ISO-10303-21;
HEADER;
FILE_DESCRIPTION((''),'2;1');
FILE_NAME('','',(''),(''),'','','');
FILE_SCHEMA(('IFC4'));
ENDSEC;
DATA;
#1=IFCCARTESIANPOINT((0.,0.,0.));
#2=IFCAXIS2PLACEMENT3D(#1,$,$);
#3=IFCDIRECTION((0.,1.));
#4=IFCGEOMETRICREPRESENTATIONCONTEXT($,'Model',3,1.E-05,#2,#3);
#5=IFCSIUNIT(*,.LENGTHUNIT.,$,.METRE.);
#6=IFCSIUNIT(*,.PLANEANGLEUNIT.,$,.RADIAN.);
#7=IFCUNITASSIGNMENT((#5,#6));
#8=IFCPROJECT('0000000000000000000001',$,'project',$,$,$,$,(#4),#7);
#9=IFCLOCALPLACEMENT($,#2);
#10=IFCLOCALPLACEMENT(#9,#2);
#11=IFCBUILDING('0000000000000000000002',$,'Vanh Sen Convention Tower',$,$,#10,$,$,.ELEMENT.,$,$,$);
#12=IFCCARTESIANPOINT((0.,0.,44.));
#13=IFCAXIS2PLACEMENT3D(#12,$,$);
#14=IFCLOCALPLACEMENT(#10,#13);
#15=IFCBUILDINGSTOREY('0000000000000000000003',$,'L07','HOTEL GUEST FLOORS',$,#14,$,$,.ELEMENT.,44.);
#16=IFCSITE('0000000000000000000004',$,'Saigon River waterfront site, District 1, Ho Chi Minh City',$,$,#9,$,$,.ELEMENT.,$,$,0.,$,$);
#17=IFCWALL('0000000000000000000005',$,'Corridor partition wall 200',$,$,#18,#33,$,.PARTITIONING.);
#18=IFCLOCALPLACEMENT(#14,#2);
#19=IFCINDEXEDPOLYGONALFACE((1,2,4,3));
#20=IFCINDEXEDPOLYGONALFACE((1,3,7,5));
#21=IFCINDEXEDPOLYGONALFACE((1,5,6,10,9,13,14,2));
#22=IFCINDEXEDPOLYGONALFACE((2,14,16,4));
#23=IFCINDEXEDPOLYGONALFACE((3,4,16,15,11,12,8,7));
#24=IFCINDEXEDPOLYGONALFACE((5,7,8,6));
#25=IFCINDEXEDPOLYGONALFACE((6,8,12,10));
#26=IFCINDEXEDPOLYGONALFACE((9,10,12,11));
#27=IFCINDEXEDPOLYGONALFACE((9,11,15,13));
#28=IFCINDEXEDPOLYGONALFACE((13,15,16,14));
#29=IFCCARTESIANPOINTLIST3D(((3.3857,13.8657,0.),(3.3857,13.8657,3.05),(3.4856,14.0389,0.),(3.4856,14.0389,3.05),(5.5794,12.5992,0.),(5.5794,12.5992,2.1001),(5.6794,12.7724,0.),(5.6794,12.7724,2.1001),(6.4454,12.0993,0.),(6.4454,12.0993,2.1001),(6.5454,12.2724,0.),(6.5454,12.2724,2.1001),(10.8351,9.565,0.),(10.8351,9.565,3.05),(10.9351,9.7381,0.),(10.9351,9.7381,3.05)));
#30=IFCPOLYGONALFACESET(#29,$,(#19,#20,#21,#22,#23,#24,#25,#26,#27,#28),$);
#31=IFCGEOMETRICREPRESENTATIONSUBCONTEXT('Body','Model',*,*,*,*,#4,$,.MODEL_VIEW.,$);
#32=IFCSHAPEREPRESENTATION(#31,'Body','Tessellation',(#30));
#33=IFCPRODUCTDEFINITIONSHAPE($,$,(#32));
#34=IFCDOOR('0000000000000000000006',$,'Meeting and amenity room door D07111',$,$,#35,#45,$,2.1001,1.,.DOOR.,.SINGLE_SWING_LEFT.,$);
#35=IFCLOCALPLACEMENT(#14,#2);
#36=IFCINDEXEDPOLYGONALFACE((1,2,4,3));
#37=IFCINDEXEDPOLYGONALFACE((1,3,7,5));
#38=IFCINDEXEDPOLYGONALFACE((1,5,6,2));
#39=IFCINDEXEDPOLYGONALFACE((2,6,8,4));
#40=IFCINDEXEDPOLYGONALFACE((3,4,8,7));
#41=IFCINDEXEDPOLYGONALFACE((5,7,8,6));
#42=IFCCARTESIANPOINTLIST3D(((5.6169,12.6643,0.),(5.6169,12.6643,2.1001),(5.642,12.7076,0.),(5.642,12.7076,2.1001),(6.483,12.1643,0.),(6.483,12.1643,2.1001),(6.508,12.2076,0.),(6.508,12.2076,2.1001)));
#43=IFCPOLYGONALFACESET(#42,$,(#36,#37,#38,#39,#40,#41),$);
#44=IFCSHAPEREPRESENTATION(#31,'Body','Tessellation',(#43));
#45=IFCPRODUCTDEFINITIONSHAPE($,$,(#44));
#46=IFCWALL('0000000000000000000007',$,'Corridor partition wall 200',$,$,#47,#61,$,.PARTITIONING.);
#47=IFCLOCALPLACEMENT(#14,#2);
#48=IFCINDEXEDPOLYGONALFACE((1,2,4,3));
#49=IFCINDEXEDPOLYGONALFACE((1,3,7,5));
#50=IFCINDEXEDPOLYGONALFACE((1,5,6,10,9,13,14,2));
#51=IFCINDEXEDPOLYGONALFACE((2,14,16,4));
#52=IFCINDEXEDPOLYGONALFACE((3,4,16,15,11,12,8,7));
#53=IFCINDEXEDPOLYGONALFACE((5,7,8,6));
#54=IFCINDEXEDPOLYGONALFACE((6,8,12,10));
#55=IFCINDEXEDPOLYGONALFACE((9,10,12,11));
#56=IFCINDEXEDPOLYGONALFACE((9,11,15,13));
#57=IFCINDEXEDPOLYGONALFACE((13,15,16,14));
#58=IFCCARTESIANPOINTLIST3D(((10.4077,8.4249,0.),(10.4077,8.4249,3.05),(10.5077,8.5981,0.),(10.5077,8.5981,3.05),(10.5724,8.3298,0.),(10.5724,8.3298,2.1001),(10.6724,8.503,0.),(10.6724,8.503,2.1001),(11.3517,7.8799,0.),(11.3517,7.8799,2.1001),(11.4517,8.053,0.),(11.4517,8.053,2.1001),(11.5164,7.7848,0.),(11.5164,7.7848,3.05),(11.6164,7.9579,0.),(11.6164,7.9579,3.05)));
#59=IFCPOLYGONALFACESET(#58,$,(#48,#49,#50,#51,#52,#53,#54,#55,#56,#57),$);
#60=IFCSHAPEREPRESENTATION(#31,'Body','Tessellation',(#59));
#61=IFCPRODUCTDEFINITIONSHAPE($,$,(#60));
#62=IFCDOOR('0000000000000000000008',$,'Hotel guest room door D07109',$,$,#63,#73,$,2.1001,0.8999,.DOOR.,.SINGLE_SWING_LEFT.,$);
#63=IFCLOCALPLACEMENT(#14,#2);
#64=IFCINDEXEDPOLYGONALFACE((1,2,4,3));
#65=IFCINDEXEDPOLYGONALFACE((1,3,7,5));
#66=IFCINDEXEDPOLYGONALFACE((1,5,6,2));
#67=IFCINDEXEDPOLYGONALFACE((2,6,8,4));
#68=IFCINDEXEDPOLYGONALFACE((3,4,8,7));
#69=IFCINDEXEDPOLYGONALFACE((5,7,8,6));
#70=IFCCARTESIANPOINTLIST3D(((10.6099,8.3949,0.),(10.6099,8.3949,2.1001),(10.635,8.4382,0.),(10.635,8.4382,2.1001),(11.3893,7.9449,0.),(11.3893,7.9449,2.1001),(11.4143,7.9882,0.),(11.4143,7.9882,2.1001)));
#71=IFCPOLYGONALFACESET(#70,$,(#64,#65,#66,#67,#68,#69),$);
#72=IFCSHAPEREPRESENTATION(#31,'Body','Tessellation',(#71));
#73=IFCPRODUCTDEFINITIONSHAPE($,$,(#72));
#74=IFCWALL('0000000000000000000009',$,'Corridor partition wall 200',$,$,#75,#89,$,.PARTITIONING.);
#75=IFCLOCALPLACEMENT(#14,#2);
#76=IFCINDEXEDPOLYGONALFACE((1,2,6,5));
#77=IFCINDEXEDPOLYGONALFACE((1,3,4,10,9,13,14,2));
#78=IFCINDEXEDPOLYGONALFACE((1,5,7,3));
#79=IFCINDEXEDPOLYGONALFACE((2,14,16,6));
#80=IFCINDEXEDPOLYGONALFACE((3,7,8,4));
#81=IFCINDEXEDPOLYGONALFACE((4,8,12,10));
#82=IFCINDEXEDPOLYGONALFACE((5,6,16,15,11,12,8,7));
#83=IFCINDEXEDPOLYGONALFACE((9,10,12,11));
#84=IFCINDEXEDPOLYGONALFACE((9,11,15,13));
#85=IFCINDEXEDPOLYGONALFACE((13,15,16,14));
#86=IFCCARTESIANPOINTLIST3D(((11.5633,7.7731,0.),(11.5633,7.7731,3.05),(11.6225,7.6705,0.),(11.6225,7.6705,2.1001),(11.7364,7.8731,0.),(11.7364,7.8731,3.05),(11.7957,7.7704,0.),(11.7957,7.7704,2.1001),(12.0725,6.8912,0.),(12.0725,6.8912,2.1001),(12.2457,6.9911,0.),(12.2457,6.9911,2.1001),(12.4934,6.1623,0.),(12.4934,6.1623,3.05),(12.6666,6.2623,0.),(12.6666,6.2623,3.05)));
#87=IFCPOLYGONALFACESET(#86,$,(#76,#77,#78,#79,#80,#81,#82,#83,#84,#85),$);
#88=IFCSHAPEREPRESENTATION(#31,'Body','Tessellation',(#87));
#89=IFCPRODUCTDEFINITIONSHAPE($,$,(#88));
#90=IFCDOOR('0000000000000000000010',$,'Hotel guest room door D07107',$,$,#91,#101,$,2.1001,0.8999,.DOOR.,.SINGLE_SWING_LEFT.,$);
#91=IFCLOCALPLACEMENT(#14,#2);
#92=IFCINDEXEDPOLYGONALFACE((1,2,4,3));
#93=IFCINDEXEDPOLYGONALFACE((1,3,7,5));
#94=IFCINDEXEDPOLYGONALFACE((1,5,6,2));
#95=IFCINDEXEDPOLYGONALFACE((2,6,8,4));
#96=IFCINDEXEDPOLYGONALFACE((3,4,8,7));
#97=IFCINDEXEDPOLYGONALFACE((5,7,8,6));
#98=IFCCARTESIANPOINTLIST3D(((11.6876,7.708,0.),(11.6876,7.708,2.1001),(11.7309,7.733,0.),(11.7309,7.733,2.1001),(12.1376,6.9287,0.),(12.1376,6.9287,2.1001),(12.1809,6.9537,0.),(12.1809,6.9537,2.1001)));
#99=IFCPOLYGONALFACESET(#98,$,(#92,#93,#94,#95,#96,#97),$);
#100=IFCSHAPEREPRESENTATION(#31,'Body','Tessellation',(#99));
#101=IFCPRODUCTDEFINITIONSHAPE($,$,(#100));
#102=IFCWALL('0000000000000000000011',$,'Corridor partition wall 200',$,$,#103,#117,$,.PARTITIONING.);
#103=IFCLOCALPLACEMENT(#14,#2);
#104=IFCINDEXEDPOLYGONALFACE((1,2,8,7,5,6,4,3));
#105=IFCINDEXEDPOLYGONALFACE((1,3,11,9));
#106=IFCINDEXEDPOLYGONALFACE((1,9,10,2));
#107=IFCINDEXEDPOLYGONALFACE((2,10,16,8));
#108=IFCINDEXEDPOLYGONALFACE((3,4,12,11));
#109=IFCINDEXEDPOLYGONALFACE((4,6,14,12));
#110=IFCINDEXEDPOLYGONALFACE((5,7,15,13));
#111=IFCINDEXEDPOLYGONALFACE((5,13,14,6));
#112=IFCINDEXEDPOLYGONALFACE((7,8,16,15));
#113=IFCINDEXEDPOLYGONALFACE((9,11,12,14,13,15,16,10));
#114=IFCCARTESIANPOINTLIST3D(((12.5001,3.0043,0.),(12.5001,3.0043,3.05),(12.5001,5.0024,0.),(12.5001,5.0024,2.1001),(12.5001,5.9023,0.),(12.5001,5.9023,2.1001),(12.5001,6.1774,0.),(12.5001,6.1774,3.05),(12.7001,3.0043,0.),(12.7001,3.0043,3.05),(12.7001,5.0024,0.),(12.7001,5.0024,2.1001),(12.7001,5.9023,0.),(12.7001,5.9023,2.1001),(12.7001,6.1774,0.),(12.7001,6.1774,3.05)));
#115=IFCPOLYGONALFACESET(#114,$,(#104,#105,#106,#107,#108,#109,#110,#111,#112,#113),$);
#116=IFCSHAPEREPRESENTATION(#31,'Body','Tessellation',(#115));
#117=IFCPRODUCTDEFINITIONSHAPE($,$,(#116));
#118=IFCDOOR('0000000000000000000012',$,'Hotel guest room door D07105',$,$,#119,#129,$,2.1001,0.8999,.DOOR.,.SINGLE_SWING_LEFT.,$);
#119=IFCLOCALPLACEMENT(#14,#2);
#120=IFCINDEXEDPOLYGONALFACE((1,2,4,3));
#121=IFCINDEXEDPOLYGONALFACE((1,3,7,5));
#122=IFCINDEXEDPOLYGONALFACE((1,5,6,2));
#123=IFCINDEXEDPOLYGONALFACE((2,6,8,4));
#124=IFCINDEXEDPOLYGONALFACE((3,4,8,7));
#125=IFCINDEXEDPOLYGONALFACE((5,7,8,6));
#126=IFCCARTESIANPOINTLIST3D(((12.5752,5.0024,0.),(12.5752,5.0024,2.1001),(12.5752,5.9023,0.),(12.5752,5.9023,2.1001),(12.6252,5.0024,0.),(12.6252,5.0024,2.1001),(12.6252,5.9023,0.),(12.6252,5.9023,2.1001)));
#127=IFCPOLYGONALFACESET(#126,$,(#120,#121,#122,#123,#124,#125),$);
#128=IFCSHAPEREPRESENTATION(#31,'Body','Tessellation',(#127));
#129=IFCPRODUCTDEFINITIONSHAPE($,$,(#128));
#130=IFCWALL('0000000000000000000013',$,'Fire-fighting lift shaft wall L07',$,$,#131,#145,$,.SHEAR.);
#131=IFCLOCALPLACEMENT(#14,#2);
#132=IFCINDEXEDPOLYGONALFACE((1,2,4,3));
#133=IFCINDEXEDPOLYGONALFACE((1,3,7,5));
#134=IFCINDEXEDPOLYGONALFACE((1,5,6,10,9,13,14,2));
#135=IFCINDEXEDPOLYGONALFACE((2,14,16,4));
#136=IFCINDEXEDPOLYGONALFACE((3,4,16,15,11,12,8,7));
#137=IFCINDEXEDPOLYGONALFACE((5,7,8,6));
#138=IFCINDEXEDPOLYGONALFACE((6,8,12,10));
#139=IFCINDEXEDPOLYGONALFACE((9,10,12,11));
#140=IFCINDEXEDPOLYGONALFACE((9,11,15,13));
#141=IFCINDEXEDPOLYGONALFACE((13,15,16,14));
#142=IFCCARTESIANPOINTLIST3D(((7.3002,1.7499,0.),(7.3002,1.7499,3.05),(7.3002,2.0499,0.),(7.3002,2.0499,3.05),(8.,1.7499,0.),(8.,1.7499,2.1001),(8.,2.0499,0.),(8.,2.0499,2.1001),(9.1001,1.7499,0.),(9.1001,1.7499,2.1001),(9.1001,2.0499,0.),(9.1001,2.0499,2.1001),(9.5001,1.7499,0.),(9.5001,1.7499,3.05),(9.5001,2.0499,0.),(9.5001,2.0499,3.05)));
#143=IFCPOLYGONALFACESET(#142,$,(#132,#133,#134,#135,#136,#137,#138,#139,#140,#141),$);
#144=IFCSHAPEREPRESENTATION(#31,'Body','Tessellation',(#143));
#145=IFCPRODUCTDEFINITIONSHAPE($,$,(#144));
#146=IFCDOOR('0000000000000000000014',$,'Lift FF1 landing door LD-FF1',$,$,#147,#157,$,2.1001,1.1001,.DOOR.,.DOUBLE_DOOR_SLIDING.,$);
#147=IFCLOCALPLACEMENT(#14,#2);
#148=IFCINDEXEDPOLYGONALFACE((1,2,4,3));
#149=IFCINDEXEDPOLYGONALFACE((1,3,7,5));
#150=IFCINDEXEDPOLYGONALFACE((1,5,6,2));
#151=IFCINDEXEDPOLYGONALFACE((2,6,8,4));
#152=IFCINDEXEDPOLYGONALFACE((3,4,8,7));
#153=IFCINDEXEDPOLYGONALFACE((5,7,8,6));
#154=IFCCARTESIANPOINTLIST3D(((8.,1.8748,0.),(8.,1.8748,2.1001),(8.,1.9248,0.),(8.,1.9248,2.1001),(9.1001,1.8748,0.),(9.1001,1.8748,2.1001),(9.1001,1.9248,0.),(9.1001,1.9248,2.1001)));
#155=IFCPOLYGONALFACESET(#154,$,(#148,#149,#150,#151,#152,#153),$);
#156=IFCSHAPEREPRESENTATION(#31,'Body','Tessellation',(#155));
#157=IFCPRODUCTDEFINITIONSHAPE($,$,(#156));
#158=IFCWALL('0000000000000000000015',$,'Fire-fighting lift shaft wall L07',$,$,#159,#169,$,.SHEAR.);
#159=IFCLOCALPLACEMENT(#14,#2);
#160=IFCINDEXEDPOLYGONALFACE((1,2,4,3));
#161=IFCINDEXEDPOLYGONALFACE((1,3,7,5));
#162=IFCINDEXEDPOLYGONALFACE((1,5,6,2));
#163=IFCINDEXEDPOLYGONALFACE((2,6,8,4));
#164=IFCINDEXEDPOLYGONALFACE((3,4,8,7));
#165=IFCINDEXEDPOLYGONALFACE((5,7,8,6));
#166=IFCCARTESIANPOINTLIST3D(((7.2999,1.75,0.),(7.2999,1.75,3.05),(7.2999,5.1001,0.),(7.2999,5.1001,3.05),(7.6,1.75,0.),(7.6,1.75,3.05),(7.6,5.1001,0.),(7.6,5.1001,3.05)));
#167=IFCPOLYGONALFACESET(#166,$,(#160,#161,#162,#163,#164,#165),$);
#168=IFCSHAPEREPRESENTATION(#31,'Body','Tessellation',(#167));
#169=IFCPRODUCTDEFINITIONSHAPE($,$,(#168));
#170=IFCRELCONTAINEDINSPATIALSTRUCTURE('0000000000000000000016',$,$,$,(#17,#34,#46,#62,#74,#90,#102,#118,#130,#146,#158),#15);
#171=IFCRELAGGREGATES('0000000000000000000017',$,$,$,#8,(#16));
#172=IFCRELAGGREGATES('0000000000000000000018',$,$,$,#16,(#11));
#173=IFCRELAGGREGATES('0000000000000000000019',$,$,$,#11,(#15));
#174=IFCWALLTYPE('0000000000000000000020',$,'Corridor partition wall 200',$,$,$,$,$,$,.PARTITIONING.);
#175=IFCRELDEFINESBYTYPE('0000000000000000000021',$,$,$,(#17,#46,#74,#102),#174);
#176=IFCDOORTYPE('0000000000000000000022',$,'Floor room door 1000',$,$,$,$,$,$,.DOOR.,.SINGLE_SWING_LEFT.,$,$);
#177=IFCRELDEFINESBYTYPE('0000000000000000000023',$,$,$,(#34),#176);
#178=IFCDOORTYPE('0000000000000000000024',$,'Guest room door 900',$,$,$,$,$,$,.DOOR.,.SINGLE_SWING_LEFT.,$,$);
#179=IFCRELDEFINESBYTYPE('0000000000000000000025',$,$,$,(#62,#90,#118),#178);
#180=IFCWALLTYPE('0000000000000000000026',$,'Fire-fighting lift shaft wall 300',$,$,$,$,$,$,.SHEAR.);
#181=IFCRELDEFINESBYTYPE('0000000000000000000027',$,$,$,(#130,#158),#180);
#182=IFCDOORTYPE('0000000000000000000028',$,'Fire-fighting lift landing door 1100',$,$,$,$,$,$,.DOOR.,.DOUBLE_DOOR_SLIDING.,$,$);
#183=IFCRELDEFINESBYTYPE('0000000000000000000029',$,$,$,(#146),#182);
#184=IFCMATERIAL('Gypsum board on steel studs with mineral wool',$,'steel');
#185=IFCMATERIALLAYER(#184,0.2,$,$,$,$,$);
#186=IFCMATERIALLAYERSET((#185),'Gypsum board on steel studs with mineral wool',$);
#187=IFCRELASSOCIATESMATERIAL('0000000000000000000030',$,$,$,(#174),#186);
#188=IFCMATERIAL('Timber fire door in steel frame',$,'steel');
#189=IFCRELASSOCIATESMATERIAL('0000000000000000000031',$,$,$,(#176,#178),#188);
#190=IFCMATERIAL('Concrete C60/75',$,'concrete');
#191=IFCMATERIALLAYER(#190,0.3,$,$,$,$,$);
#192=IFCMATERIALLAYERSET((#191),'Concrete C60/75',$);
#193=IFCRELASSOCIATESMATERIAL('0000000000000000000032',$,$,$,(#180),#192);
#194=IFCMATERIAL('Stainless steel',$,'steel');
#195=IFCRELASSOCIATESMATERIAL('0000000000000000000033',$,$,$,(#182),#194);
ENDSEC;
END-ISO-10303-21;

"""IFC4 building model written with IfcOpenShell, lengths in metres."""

from ifc_helpers import new_model, si_unit, direction, frame, frame_2d, origin, place, context, subcontext, project, spatial, rectangle, extrude, material, layer, layer_set, type_object, element, fill, save


model = new_model("IFC4")

# Units and contexts
model_context = context("Model", 3, precision=1e-05, world=origin(), true_north=direction((0.0, 1.0)))
body_context = subcontext(model_context, "Body", "Model", "MODEL_VIEW")
ifc_project = project(units=[si_unit("LENGTHUNIT", "METRE"), si_unit("PLANEANGLEUNIT", "RADIAN")], contexts=[model_context])

# Site, building, storey
site_placement = place(None, origin())
site = spatial("IfcSite", under=ifc_project, at=site_placement, Name="Saigon River waterfront site, District 1, Ho Chi Minh City", CompositionType="ELEMENT", RefElevation=0.0)
building_placement = place(site_placement, origin())
building = spatial("IfcBuilding", under=site, at=building_placement, Name="Vanh Sen Convention Tower", CompositionType="ELEMENT")
storey_placement = place(building_placement, frame((0.0, 0.0, 44.0)))
storey = spatial("IfcBuildingStorey", under=building, at=storey_placement, Name="L07", Description="HOTEL GUEST FLOORS", CompositionType="ELEMENT", Elevation=44.0)

# Shared definitions
ifc_material_1 = material(Name="Stainless steel", Category="steel")

# Shared definitions
ifc_material_2 = material(Name="Gypsum board on steel studs with mineral wool", Category="steel")
ifc_layer_1 = layer(ifc_material_2, 0.2)
ifc_layer_set_1 = layer_set([ifc_layer_1], Name="Gypsum board on steel studs with mineral wool")
wall_type_1 = type_object("IfcWallType", Name="Corridor partition wall 200", PredefinedType="PARTITIONING", material=ifc_layer_set_1)

# Walls, openings, doors
wall_1_placement = place(storey_placement, frame((10.885, 9.6516, 0.0), z_axis=(0.0, 0.0, 1.0), x_axis=(-0.866034, 0.499985, 0.0)))
wall_1 = element("IfcWall", 1, at=wall_1_placement, inside=storey, type_object=wall_type_1, Name="Corridor partition wall 200", PredefinedType="PARTITIONING", context=body_context, shape_type="SweptSolid", body=[
    extrude(rectangle(XDim=8.6018, YDim=0.2, at=frame_2d((4.3008, 0.0))), origin(), (0.0, 0.0, 1.0), 3.05),
])
opening_1_placement = place(wall_1_placement, frame((5.0686, 0.0, 0.0)))
opening_1 = element("IfcOpeningElement", 2, at=opening_1_placement, cuts=wall_1, PredefinedType="OPENING", context=body_context, shape_type="SweptSolid", body=[
    extrude(rectangle(XDim=1.0, YDim=2.1001, at=frame_2d((0.5, 1.05))), frame((0.0, 0.1099, 0.0), z_axis=(0.0, -1.0, 0.0), x_axis=(1.0, 0.0, 0.0)), (0.0, 0.0, 1.0), 0.22),
])
ifc_material_3 = material(Name="Timber fire door in steel frame", Category="steel")
door_type_1 = type_object("IfcDoorType", Name="Floor room door 1000", OperationType="SINGLE_SWING_LEFT", PredefinedType="DOOR", material=ifc_material_3)
door_1_placement = place(opening_1_placement, origin())
door_1 = element("IfcDoor", 3, at=door_1_placement, inside=storey, type_object=door_type_1, Name="Meeting and amenity room door D07111", OperationType="SINGLE_SWING_LEFT", OverallHeight=2.1001, OverallWidth=1.0, PredefinedType="DOOR", context=body_context, shape_type="SweptSolid", body=[
    extrude(rectangle(XDim=1.0, YDim=2.1001, at=frame_2d((0.5, 1.05))), frame((0.0, 0.0249, 0.0), z_axis=(0.0, -1.0, 0.0), x_axis=(1.0, 0.0, 0.0)), (0.0, 0.0, 1.0), 0.05),
])
fill(opening_1, door_1)
wall_2_placement = place(storey_placement, frame((11.5664, 7.8713, 0.0), z_axis=(0.0, 0.0, 1.0), x_axis=(-0.866005, 0.500036, 0.0)))
wall_2 = element("IfcWall", 4, at=wall_2_placement, inside=storey, type_object=wall_type_1, Name="Corridor partition wall 200", PredefinedType="PARTITIONING", context=body_context, shape_type="SweptSolid", body=[
    extrude(rectangle(XDim=1.2803, YDim=0.2, at=frame_2d((0.6401, 0.0))), origin(), (0.0, 0.0, 1.0), 3.05),
])
opening_2_placement = place(wall_2_placement, frame((0.1902, 0.0, 0.0)))
opening_2 = element("IfcOpeningElement", 5, at=opening_2_placement, cuts=wall_2, PredefinedType="OPENING", context=body_context, shape_type="SweptSolid", body=[
    extrude(rectangle(XDim=0.8999, YDim=2.1001, at=frame_2d((0.45, 1.05))), frame((0.0, 0.1099, 0.0), z_axis=(0.0, -1.0, 0.0), x_axis=(1.0, 0.0, 0.0)), (0.0, 0.0, 1.0), 0.22),
])
door_type_2 = type_object("IfcDoorType", Name="Guest room door 900", OperationType="SINGLE_SWING_LEFT", PredefinedType="DOOR", material=ifc_material_3)
door_2_placement = place(opening_2_placement, origin())
door_2 = element("IfcDoor", 6, at=door_2_placement, inside=storey, type_object=door_type_2, Name="Hotel guest room door D07109", OperationType="SINGLE_SWING_LEFT", OverallHeight=2.1001, OverallWidth=0.8999, PredefinedType="DOOR", context=body_context, shape_type="SweptSolid", body=[
    extrude(rectangle(XDim=0.8999, YDim=2.1001, at=frame_2d((0.45, 1.05))), frame((0.0, 0.0249, 0.0), z_axis=(0.0, -1.0, 0.0), x_axis=(1.0, 0.0, 0.0)), (0.0, 0.0, 1.0), 0.05),
])
fill(opening_2, door_2)
wall_3_placement = place(storey_placement, frame((12.5801, 6.2122, 0.0), z_axis=(0.0, 0.0, 1.0), x_axis=(-0.500063, 0.865989, 0.0)))
wall_3 = element("IfcWall", 7, at=wall_3_placement, inside=storey, type_object=wall_type_1, Name="Corridor partition wall 200", PredefinedType="PARTITIONING", context=body_context, shape_type="SweptSolid", body=[
    extrude(rectangle(XDim=1.8601, YDim=0.2, at=frame_2d((0.9302, 0.0))), origin(), (0.0, 0.0, 1.0), 3.05),
])
opening_3_placement = place(wall_3_placement, frame((0.8418, 0.0, 0.0)))
opening_3 = element("IfcOpeningElement", 8, at=opening_3_placement, cuts=wall_3, PredefinedType="OPENING", context=body_context, shape_type="SweptSolid", body=[
    extrude(rectangle(XDim=0.8999, YDim=2.1001, at=frame_2d((0.45, 1.05))), frame((0.0, 0.1099, 0.0), z_axis=(0.0, -1.0, 0.0), x_axis=(1.0, 0.0, 0.0)), (0.0, 0.0, 1.0), 0.22),
])
door_3_placement = place(opening_3_placement, origin())
door_3 = element("IfcDoor", 9, at=door_3_placement, inside=storey, type_object=door_type_2, Name="Hotel guest room door D07107", OperationType="SINGLE_SWING_LEFT", OverallHeight=2.1001, OverallWidth=0.8999, PredefinedType="DOOR", context=body_context, shape_type="SweptSolid", body=[
    extrude(rectangle(XDim=0.8999, YDim=2.1001, at=frame_2d((0.45, 1.05))), frame((0.0, 0.0249, 0.0), z_axis=(0.0, -1.0, 0.0), x_axis=(1.0, 0.0, 0.0)), (0.0, 0.0, 1.0), 0.05),
])
fill(opening_3, door_3)
wall_4_placement = place(storey_placement, frame((12.6001, 3.0044, 0.0), z_axis=(0.0, 0.0, 1.0), x_axis=(0.0, 1.0, 0.0)))
wall_4 = element("IfcWall", 10, at=wall_4_placement, inside=storey, type_object=wall_type_1, Name="Corridor partition wall 200", PredefinedType="PARTITIONING", context=body_context, shape_type="SweptSolid", body=[
    extrude(rectangle(XDim=3.1731, YDim=0.2, at=frame_2d((1.5864, 0.0))), origin(), (0.0, 0.0, 1.0), 3.05),
])
opening_4_placement = place(wall_4_placement, frame((1.998, 0.0, 0.0)))
opening_4 = element("IfcOpeningElement", 11, at=opening_4_placement, cuts=wall_4, PredefinedType="OPENING", context=body_context, shape_type="SweptSolid", body=[
    extrude(rectangle(XDim=0.8999, YDim=2.1001, at=frame_2d((0.45, 1.05))), frame((0.0, 0.1099, 0.0), z_axis=(0.0, -1.0, 0.0), x_axis=(1.0, 0.0, 0.0)), (0.0, 0.0, 1.0), 0.22),
])
door_4_placement = place(opening_4_placement, origin())
door_4 = element("IfcDoor", 12, at=door_4_placement, inside=storey, type_object=door_type_2, Name="Hotel guest room door D07105", OperationType="SINGLE_SWING_LEFT", OverallHeight=2.1001, OverallWidth=0.8999, PredefinedType="DOOR", context=body_context, shape_type="SweptSolid", body=[
    extrude(rectangle(XDim=0.8999, YDim=2.1001, at=frame_2d((0.45, 1.05))), frame((0.0, 0.0249, 0.0), z_axis=(0.0, -1.0, 0.0), x_axis=(1.0, 0.0, 0.0)), (0.0, 0.0, 1.0), 0.05),
])
fill(opening_4, door_4)
ifc_material_4 = material(Name="Concrete C60/75", Category="concrete")
ifc_layer_2 = layer(ifc_material_4, 0.3)
ifc_layer_set_2 = layer_set([ifc_layer_2], Name="Concrete C60/75")
wall_type_2 = type_object("IfcWallType", Name="Fire-fighting lift shaft wall 300", PredefinedType="SHEAR", material=ifc_layer_set_2)
wall_5_placement = place(storey_placement, frame((7.3, 1.8999, 0.0), z_axis=(0.0, 0.0, 1.0), x_axis=(1.0, 0.0, 0.0)))
wall_5 = element("IfcWall", 13, at=wall_5_placement, inside=storey, type_object=wall_type_2, Name="Fire-fighting lift shaft wall L07", PredefinedType="SHEAR", context=body_context, shape_type="SweptSolid", body=[
    extrude(rectangle(XDim=2.2, YDim=0.3, at=frame_2d((1.1001, 0.0))), origin(), (0.0, 0.0, 1.0), 3.05),
])
opening_5_placement = place(wall_5_placement, frame((0.7, 0.0, 0.0)))
opening_5 = element("IfcOpeningElement", 14, at=opening_5_placement, cuts=wall_5, PredefinedType="OPENING", context=body_context, shape_type="SweptSolid", body=[
    extrude(rectangle(XDim=1.1001, YDim=2.1001, at=frame_2d((0.55, 1.05))), frame((0.0, 0.1599, 0.0), z_axis=(0.0, -1.0, 0.0), x_axis=(1.0, 0.0, 0.0)), (0.0, 0.0, 1.0), 0.3201),
])
door_type_3 = type_object("IfcDoorType", Name="Fire-fighting lift landing door 1100", OperationType="DOUBLE_DOOR_SLIDING", PredefinedType="DOOR", material=ifc_material_1)
door_5_placement = place(opening_5_placement, origin())
door_5 = element("IfcDoor", 15, at=door_5_placement, inside=storey, type_object=door_type_3, Name="Lift FF1 landing door LD-FF1", OperationType="DOUBLE_DOOR_SLIDING", OverallHeight=2.1001, OverallWidth=1.1001, PredefinedType="DOOR", context=body_context, shape_type="SweptSolid", body=[
    extrude(rectangle(XDim=1.1001, YDim=2.1001, at=frame_2d((0.55, 1.05))), frame((0.0, 0.0249, 0.0), z_axis=(0.0, -1.0, 0.0), x_axis=(1.0, 0.0, 0.0)), (0.0, 0.0, 1.0), 0.05),
])
fill(opening_5, door_5)

# Wall
wall_6_placement = place(storey_placement, frame((7.45, 1.75, 0.0), z_axis=(0.0, 0.0, 1.0), x_axis=(0.0, 1.0, 0.0)))
element("IfcWall", 16, at=wall_6_placement, inside=storey, type_object=wall_type_2, Name="Fire-fighting lift shaft wall L07", PredefinedType="SHEAR", context=body_context, shape_type="SweptSolid", body=[
    extrude(rectangle(XDim=3.3501, YDim=0.3, at=frame_2d((1.675, 0.0))), origin(), (0.0, 0.0, 1.0), 3.05),
])

save(model, "model.ifc")
